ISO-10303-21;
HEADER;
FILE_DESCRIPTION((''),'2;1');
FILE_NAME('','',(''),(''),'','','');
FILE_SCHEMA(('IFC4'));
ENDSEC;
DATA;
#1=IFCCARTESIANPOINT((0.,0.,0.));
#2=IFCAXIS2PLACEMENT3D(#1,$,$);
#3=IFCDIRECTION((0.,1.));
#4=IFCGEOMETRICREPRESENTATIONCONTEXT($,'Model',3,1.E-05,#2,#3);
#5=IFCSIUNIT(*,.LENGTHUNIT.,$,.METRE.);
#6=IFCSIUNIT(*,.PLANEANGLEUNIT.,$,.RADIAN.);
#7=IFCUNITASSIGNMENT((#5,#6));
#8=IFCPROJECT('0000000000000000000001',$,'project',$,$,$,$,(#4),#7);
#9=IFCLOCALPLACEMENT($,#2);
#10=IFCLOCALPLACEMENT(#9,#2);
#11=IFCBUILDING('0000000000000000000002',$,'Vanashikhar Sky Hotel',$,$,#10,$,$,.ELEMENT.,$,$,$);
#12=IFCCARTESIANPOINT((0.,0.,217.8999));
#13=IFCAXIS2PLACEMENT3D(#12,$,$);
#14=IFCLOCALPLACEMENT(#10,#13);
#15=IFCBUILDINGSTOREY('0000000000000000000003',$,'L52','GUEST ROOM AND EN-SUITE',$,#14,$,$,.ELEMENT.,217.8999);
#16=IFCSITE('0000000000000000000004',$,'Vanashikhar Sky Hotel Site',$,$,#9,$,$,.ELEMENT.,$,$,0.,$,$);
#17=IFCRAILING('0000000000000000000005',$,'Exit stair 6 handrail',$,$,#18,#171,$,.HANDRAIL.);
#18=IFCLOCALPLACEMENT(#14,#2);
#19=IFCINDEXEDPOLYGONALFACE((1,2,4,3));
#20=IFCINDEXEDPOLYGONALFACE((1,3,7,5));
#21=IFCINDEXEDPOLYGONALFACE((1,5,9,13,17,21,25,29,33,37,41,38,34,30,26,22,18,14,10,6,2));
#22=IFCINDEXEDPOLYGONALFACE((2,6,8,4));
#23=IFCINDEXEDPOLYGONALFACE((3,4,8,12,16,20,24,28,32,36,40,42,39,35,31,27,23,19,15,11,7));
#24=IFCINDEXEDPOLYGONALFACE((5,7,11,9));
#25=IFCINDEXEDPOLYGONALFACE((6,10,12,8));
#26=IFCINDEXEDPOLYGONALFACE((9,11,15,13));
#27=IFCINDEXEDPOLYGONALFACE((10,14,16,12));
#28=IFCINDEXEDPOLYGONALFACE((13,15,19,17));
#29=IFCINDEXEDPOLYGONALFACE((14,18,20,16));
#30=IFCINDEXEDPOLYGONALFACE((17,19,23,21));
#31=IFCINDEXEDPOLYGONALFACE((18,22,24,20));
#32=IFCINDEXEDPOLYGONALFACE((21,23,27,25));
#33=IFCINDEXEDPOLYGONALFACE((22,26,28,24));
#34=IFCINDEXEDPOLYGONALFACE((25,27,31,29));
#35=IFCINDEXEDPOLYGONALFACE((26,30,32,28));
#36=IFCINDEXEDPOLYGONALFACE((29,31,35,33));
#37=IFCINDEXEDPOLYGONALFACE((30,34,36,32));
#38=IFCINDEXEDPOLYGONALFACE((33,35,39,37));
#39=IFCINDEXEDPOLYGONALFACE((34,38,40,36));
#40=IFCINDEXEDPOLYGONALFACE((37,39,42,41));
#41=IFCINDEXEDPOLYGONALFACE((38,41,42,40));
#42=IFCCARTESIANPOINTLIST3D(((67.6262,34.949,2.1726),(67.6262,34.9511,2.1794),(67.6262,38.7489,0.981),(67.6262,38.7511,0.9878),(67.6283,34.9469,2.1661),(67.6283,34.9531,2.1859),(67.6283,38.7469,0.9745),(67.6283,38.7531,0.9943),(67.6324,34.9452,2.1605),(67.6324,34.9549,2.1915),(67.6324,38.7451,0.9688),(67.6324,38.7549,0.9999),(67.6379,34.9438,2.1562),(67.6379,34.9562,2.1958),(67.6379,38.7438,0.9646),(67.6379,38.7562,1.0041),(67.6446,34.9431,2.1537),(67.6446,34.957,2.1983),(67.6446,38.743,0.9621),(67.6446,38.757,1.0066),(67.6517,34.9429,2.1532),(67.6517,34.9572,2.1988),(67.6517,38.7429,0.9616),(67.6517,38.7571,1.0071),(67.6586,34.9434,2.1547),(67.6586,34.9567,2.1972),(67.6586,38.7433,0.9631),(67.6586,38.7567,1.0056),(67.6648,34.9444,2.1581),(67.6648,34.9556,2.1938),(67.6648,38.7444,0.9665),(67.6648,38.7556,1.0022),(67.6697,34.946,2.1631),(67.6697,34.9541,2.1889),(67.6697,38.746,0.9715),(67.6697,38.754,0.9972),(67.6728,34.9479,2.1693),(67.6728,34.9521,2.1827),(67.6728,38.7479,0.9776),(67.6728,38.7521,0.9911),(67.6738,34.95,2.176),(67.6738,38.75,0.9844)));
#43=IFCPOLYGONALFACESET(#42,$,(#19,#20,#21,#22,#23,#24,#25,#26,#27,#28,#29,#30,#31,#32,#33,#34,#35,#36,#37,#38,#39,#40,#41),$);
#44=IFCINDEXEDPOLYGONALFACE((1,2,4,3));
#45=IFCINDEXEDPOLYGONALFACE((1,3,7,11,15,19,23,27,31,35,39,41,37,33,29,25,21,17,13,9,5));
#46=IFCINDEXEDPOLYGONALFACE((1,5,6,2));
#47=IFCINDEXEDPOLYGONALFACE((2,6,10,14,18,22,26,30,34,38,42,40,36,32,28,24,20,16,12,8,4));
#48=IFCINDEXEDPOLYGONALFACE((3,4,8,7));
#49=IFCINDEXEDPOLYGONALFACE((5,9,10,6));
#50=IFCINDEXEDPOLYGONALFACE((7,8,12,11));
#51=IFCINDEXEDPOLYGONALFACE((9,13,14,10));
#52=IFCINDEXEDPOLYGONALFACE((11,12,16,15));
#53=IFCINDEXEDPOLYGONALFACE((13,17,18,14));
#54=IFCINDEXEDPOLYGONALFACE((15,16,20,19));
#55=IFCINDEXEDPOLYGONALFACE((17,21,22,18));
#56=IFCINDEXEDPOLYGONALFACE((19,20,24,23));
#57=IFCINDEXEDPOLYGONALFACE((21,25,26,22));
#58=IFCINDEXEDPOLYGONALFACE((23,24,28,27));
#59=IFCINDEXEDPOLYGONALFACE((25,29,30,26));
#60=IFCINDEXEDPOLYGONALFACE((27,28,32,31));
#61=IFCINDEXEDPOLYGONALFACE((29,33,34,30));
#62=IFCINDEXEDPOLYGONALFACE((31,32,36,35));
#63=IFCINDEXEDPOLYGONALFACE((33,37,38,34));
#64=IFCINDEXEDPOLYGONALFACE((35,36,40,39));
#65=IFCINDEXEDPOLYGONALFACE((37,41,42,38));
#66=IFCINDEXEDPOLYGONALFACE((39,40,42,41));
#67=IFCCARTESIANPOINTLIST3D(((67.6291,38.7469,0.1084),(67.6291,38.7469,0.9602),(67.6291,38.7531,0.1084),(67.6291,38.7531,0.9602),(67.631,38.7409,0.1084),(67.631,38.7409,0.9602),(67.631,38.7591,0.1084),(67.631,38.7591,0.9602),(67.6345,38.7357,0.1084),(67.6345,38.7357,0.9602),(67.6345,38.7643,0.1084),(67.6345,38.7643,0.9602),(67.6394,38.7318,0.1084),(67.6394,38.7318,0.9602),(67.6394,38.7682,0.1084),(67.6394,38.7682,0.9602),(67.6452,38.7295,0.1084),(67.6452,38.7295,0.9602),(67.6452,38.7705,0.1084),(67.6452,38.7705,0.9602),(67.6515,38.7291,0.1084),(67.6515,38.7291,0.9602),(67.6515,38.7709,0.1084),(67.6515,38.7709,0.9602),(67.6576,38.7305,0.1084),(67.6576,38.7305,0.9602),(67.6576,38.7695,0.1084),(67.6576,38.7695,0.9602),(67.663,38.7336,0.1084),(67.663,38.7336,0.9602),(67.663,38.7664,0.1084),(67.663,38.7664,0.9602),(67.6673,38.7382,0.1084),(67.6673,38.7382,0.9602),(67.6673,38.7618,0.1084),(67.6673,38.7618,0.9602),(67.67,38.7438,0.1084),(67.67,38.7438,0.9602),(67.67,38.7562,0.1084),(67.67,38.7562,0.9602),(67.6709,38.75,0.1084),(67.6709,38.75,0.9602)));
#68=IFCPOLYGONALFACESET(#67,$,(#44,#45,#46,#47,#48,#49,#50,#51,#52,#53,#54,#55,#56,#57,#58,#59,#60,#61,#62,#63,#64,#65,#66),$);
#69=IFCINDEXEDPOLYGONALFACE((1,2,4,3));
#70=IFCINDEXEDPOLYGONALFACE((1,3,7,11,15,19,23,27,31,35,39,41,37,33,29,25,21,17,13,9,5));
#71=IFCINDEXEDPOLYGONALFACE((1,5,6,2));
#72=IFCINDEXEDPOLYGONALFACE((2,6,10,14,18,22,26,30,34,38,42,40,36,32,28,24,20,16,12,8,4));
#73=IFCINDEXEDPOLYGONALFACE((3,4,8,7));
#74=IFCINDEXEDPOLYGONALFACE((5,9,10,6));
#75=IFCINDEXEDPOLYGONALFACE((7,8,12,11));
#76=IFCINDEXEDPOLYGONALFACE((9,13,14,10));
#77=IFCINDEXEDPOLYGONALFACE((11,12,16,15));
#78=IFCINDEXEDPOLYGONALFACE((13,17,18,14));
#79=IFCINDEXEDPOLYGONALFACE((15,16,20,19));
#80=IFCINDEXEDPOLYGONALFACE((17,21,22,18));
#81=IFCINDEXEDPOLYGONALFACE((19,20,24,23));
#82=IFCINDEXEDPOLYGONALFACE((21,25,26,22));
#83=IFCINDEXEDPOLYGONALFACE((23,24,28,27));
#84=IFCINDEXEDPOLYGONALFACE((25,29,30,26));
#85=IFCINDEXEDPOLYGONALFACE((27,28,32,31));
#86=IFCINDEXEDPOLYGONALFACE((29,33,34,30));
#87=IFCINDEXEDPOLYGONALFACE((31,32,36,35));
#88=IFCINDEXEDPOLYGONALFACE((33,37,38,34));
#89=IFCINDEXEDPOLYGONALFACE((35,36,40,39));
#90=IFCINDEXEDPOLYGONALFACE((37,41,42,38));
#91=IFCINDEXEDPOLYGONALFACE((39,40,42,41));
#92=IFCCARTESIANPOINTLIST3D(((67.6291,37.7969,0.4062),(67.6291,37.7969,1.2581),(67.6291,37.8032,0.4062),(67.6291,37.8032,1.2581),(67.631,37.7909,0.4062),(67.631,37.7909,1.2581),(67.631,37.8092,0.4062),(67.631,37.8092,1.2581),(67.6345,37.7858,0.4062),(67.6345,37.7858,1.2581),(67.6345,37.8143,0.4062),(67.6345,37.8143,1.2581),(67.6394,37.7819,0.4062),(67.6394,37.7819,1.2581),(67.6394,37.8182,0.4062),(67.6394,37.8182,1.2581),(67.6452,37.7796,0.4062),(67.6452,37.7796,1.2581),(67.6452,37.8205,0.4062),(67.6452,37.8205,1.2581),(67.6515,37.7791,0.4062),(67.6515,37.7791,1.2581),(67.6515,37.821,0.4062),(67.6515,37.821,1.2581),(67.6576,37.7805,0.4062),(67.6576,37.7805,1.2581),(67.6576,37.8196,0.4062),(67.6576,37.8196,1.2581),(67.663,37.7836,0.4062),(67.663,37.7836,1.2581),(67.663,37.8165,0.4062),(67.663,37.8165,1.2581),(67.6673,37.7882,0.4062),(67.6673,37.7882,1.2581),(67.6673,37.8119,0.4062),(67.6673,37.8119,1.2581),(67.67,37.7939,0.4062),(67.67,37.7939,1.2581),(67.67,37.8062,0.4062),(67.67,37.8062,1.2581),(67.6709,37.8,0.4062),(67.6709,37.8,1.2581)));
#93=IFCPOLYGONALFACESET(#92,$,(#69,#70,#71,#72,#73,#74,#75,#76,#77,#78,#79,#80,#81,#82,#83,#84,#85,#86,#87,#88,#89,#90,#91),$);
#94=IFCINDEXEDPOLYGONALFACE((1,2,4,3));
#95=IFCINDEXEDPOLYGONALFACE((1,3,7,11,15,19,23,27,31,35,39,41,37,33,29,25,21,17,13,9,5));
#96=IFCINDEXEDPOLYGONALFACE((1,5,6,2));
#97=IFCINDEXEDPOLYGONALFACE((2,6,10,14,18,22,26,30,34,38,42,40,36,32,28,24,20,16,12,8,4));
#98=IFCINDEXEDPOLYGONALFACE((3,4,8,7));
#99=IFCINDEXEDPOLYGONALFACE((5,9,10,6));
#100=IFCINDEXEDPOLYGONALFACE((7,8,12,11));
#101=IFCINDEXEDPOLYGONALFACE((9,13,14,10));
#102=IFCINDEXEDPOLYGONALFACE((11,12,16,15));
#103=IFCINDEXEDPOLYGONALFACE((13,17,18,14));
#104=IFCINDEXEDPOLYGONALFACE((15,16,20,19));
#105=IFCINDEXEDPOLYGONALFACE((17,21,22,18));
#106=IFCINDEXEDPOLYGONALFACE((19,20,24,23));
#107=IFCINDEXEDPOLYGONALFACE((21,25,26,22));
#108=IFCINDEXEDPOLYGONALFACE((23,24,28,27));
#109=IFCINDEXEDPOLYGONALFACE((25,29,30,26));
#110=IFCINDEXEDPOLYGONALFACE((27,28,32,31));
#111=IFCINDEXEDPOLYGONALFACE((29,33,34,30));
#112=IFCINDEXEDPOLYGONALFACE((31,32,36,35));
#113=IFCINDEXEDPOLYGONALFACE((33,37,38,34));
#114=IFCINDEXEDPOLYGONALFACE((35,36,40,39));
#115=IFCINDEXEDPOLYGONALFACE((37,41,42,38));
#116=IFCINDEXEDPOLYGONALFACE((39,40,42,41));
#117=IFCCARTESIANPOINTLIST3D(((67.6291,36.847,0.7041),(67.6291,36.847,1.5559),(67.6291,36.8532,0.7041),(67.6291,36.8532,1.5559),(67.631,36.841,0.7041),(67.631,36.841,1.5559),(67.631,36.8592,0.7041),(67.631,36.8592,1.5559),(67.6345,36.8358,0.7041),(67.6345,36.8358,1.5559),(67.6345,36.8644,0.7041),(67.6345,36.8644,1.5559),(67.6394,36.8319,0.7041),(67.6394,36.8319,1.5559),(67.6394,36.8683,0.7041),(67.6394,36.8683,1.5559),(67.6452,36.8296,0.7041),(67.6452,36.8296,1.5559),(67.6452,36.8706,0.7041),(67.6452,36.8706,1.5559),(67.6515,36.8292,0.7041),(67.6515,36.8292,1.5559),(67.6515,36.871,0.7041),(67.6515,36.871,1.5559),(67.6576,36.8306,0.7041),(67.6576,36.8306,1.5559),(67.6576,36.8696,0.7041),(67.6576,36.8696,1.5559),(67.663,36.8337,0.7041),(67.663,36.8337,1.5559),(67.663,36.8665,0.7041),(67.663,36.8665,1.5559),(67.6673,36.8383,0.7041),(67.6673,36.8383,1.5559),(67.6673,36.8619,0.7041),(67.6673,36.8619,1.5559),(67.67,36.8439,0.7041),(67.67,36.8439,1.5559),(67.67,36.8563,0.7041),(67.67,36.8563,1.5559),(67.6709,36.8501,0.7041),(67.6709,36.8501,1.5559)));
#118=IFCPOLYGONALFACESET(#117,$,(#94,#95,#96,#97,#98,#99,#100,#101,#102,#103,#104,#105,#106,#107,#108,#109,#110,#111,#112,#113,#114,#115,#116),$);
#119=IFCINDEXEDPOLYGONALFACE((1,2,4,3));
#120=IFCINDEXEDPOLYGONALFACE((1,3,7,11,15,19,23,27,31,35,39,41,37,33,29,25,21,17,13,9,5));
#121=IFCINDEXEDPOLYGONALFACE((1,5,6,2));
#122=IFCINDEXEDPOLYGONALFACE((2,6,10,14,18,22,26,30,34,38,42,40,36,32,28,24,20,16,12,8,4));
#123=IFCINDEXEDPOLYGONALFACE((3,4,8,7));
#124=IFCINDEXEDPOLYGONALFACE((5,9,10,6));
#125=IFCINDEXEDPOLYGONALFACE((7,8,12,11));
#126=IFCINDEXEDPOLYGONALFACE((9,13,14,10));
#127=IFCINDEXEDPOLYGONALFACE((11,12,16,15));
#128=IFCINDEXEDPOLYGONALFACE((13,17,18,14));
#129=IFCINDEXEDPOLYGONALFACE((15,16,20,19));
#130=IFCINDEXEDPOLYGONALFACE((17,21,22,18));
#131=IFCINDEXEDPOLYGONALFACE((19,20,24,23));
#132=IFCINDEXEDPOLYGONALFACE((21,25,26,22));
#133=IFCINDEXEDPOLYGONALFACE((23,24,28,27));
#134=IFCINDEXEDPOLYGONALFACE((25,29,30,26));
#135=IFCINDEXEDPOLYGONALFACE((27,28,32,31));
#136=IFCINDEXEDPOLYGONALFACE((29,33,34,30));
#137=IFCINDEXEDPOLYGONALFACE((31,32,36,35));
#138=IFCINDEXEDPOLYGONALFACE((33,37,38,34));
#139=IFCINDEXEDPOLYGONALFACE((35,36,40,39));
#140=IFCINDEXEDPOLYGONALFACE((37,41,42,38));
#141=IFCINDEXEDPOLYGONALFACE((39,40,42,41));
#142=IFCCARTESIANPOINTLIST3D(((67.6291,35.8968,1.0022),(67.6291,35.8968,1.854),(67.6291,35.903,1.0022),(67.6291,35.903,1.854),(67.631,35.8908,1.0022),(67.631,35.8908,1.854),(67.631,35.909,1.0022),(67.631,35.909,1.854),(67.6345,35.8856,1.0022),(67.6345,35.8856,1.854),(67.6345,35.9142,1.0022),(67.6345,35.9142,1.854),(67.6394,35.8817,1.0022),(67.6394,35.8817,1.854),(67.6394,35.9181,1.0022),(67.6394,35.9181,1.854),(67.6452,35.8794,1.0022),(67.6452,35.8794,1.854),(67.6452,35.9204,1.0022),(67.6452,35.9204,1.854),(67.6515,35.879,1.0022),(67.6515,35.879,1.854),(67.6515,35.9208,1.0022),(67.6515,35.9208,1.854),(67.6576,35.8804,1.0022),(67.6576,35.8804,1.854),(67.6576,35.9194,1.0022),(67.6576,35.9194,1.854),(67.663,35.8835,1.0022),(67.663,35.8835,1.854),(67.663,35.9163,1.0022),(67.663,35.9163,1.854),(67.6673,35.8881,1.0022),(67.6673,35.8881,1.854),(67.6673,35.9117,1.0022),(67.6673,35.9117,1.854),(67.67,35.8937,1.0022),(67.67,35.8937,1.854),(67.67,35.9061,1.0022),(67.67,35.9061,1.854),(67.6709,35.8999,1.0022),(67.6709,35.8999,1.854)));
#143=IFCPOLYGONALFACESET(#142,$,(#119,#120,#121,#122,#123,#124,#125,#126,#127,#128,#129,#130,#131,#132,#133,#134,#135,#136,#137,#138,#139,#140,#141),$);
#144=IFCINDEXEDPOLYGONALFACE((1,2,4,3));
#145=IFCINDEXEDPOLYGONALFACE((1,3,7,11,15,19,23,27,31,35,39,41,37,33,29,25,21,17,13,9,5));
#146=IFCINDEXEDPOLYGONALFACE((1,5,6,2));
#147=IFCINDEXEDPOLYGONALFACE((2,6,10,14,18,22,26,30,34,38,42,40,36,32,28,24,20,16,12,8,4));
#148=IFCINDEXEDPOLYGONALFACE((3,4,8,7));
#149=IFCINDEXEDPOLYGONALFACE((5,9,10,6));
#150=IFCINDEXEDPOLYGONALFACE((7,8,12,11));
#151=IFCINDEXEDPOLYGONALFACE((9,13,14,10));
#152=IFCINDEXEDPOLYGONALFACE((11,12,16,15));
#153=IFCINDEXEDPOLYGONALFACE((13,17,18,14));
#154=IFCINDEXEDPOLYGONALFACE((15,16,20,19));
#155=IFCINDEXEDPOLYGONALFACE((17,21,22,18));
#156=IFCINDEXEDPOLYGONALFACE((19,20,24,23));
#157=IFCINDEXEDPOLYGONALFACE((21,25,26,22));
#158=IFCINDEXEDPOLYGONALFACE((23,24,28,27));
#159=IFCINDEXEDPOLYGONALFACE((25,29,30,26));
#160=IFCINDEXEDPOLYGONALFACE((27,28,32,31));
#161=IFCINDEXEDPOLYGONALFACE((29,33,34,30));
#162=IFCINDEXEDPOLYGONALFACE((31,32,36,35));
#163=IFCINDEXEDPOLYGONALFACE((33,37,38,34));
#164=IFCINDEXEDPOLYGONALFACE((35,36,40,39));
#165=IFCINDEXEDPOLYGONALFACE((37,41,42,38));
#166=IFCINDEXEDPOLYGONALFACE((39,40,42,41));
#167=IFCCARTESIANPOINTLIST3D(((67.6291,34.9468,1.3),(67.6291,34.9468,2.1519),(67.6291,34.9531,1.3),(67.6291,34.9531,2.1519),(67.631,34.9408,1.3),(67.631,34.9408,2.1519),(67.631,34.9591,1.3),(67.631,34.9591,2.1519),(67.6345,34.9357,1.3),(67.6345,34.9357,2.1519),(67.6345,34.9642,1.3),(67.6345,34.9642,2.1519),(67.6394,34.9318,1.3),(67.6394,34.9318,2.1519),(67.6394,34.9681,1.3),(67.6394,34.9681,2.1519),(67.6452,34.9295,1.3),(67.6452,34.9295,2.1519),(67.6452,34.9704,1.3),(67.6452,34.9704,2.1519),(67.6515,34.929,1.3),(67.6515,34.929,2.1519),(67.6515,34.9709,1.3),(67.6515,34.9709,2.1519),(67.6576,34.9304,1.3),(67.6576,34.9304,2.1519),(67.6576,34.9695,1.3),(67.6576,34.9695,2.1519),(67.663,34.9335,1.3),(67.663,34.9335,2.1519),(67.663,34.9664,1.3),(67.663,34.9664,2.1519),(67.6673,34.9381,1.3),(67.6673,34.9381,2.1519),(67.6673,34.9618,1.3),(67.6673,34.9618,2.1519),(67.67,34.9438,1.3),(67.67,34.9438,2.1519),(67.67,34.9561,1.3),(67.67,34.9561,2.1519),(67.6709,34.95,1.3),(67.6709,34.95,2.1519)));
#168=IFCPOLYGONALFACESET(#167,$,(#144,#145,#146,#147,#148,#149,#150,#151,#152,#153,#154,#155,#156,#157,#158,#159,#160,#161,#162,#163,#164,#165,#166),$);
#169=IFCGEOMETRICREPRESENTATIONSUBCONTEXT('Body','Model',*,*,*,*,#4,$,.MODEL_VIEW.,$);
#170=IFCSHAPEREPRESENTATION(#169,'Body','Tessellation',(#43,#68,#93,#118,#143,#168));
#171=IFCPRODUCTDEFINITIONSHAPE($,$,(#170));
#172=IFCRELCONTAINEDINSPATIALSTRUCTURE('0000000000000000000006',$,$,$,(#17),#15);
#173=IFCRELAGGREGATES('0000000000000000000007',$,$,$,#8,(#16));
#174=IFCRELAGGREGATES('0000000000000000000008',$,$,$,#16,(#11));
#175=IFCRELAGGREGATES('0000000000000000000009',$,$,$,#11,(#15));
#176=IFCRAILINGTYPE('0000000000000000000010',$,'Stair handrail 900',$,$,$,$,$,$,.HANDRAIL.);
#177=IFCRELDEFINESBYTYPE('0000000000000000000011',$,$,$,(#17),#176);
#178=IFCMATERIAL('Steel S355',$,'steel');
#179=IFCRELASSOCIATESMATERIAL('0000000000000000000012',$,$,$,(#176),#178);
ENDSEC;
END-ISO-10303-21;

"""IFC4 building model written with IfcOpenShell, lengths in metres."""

from ifc_helpers import new_model, si_unit, direction, frame, origin, origin_2d, place, context, subcontext, project, spatial, circle, extrude, source, transform, mapped, material, type_object, element, save


model = new_model("IFC4")

# Units and contexts
model_context = context("Model", 3, precision=1e-05, world=origin(), true_north=direction((0.0, 1.0)))
body_context = subcontext(model_context, "Body", "Model", "MODEL_VIEW")
ifc_project = project(units=[si_unit("LENGTHUNIT", "METRE"), si_unit("PLANEANGLEUNIT", "RADIAN")], contexts=[model_context])

# Site, building, storey
site_placement = place(None, origin())
site = spatial("IfcSite", under=ifc_project, at=site_placement, Name="Vanashikhar Sky Hotel Site", CompositionType="ELEMENT", RefElevation=0.0)
building_placement = place(site_placement, origin())
building = spatial("IfcBuilding", under=site, at=building_placement, Name="Vanashikhar Sky Hotel", CompositionType="ELEMENT")
storey_placement = place(building_placement, frame((0.0, 0.0, 217.8999)))
storey = spatial("IfcBuildingStorey", under=building, at=storey_placement, Name="L52", Description="GUEST ROOM AND EN-SUITE", CompositionType="ELEMENT", Elevation=217.8999)

# Railing
ifc_material_1 = material(Name="Steel S355", Category="steel")
railing_type_1 = type_object("IfcRailingType", Name="Stair handrail 900", PredefinedType="HANDRAIL", material=ifc_material_1)
shared_shape_1 = source(origin(), body_context, "Body", "SweptSolid", [
    extrude(circle(Radius=0.0239, at=origin_2d()), frame((0.0, 0.0, 0.876), z_axis=(0.0, -0.954184, 0.299221), x_axis=(1.0, 0.0, 0.0)), (0.0, 0.0, 1.0), 3.9824),
    extrude(circle(Radius=0.021, at=origin_2d()), origin(), (0.0, 0.0, 1.0), 0.8518),
    extrude(circle(Radius=0.021, at=origin_2d()), frame((0.0, -0.95, 0.2979)), (0.0, 0.0, 1.0), 0.8518),
    extrude(circle(Radius=0.021, at=origin_2d()), frame((0.0, -1.8999, 0.5957)), (0.0, 0.0, 1.0), 0.8518),
    extrude(circle(Radius=0.021, at=origin_2d()), frame((0.0, -2.8501, 0.8938)), (0.0, 0.0, 1.0), 0.8518),
    extrude(circle(Radius=0.021, at=origin_2d()), frame((0.0, -3.8, 1.1917)), (0.0, 0.0, 1.0), 0.8518),
])
for number, where, name in (
    (1, (67.6499, 38.75, 0.1084), "Exit stair 6 handrail"),
):
    element("IfcRailing", number, at=place(storey_placement, frame(where)), inside=storey, type_object=railing_type_1, Name=name, PredefinedType="HANDRAIL", context=body_context, shape_type="MappedRepresentation", body=[
        mapped(shared_shape_1, transform((0.0, 0.0, 0.0), scale=1.0)),
    ])

save(model, "model.ifc")
